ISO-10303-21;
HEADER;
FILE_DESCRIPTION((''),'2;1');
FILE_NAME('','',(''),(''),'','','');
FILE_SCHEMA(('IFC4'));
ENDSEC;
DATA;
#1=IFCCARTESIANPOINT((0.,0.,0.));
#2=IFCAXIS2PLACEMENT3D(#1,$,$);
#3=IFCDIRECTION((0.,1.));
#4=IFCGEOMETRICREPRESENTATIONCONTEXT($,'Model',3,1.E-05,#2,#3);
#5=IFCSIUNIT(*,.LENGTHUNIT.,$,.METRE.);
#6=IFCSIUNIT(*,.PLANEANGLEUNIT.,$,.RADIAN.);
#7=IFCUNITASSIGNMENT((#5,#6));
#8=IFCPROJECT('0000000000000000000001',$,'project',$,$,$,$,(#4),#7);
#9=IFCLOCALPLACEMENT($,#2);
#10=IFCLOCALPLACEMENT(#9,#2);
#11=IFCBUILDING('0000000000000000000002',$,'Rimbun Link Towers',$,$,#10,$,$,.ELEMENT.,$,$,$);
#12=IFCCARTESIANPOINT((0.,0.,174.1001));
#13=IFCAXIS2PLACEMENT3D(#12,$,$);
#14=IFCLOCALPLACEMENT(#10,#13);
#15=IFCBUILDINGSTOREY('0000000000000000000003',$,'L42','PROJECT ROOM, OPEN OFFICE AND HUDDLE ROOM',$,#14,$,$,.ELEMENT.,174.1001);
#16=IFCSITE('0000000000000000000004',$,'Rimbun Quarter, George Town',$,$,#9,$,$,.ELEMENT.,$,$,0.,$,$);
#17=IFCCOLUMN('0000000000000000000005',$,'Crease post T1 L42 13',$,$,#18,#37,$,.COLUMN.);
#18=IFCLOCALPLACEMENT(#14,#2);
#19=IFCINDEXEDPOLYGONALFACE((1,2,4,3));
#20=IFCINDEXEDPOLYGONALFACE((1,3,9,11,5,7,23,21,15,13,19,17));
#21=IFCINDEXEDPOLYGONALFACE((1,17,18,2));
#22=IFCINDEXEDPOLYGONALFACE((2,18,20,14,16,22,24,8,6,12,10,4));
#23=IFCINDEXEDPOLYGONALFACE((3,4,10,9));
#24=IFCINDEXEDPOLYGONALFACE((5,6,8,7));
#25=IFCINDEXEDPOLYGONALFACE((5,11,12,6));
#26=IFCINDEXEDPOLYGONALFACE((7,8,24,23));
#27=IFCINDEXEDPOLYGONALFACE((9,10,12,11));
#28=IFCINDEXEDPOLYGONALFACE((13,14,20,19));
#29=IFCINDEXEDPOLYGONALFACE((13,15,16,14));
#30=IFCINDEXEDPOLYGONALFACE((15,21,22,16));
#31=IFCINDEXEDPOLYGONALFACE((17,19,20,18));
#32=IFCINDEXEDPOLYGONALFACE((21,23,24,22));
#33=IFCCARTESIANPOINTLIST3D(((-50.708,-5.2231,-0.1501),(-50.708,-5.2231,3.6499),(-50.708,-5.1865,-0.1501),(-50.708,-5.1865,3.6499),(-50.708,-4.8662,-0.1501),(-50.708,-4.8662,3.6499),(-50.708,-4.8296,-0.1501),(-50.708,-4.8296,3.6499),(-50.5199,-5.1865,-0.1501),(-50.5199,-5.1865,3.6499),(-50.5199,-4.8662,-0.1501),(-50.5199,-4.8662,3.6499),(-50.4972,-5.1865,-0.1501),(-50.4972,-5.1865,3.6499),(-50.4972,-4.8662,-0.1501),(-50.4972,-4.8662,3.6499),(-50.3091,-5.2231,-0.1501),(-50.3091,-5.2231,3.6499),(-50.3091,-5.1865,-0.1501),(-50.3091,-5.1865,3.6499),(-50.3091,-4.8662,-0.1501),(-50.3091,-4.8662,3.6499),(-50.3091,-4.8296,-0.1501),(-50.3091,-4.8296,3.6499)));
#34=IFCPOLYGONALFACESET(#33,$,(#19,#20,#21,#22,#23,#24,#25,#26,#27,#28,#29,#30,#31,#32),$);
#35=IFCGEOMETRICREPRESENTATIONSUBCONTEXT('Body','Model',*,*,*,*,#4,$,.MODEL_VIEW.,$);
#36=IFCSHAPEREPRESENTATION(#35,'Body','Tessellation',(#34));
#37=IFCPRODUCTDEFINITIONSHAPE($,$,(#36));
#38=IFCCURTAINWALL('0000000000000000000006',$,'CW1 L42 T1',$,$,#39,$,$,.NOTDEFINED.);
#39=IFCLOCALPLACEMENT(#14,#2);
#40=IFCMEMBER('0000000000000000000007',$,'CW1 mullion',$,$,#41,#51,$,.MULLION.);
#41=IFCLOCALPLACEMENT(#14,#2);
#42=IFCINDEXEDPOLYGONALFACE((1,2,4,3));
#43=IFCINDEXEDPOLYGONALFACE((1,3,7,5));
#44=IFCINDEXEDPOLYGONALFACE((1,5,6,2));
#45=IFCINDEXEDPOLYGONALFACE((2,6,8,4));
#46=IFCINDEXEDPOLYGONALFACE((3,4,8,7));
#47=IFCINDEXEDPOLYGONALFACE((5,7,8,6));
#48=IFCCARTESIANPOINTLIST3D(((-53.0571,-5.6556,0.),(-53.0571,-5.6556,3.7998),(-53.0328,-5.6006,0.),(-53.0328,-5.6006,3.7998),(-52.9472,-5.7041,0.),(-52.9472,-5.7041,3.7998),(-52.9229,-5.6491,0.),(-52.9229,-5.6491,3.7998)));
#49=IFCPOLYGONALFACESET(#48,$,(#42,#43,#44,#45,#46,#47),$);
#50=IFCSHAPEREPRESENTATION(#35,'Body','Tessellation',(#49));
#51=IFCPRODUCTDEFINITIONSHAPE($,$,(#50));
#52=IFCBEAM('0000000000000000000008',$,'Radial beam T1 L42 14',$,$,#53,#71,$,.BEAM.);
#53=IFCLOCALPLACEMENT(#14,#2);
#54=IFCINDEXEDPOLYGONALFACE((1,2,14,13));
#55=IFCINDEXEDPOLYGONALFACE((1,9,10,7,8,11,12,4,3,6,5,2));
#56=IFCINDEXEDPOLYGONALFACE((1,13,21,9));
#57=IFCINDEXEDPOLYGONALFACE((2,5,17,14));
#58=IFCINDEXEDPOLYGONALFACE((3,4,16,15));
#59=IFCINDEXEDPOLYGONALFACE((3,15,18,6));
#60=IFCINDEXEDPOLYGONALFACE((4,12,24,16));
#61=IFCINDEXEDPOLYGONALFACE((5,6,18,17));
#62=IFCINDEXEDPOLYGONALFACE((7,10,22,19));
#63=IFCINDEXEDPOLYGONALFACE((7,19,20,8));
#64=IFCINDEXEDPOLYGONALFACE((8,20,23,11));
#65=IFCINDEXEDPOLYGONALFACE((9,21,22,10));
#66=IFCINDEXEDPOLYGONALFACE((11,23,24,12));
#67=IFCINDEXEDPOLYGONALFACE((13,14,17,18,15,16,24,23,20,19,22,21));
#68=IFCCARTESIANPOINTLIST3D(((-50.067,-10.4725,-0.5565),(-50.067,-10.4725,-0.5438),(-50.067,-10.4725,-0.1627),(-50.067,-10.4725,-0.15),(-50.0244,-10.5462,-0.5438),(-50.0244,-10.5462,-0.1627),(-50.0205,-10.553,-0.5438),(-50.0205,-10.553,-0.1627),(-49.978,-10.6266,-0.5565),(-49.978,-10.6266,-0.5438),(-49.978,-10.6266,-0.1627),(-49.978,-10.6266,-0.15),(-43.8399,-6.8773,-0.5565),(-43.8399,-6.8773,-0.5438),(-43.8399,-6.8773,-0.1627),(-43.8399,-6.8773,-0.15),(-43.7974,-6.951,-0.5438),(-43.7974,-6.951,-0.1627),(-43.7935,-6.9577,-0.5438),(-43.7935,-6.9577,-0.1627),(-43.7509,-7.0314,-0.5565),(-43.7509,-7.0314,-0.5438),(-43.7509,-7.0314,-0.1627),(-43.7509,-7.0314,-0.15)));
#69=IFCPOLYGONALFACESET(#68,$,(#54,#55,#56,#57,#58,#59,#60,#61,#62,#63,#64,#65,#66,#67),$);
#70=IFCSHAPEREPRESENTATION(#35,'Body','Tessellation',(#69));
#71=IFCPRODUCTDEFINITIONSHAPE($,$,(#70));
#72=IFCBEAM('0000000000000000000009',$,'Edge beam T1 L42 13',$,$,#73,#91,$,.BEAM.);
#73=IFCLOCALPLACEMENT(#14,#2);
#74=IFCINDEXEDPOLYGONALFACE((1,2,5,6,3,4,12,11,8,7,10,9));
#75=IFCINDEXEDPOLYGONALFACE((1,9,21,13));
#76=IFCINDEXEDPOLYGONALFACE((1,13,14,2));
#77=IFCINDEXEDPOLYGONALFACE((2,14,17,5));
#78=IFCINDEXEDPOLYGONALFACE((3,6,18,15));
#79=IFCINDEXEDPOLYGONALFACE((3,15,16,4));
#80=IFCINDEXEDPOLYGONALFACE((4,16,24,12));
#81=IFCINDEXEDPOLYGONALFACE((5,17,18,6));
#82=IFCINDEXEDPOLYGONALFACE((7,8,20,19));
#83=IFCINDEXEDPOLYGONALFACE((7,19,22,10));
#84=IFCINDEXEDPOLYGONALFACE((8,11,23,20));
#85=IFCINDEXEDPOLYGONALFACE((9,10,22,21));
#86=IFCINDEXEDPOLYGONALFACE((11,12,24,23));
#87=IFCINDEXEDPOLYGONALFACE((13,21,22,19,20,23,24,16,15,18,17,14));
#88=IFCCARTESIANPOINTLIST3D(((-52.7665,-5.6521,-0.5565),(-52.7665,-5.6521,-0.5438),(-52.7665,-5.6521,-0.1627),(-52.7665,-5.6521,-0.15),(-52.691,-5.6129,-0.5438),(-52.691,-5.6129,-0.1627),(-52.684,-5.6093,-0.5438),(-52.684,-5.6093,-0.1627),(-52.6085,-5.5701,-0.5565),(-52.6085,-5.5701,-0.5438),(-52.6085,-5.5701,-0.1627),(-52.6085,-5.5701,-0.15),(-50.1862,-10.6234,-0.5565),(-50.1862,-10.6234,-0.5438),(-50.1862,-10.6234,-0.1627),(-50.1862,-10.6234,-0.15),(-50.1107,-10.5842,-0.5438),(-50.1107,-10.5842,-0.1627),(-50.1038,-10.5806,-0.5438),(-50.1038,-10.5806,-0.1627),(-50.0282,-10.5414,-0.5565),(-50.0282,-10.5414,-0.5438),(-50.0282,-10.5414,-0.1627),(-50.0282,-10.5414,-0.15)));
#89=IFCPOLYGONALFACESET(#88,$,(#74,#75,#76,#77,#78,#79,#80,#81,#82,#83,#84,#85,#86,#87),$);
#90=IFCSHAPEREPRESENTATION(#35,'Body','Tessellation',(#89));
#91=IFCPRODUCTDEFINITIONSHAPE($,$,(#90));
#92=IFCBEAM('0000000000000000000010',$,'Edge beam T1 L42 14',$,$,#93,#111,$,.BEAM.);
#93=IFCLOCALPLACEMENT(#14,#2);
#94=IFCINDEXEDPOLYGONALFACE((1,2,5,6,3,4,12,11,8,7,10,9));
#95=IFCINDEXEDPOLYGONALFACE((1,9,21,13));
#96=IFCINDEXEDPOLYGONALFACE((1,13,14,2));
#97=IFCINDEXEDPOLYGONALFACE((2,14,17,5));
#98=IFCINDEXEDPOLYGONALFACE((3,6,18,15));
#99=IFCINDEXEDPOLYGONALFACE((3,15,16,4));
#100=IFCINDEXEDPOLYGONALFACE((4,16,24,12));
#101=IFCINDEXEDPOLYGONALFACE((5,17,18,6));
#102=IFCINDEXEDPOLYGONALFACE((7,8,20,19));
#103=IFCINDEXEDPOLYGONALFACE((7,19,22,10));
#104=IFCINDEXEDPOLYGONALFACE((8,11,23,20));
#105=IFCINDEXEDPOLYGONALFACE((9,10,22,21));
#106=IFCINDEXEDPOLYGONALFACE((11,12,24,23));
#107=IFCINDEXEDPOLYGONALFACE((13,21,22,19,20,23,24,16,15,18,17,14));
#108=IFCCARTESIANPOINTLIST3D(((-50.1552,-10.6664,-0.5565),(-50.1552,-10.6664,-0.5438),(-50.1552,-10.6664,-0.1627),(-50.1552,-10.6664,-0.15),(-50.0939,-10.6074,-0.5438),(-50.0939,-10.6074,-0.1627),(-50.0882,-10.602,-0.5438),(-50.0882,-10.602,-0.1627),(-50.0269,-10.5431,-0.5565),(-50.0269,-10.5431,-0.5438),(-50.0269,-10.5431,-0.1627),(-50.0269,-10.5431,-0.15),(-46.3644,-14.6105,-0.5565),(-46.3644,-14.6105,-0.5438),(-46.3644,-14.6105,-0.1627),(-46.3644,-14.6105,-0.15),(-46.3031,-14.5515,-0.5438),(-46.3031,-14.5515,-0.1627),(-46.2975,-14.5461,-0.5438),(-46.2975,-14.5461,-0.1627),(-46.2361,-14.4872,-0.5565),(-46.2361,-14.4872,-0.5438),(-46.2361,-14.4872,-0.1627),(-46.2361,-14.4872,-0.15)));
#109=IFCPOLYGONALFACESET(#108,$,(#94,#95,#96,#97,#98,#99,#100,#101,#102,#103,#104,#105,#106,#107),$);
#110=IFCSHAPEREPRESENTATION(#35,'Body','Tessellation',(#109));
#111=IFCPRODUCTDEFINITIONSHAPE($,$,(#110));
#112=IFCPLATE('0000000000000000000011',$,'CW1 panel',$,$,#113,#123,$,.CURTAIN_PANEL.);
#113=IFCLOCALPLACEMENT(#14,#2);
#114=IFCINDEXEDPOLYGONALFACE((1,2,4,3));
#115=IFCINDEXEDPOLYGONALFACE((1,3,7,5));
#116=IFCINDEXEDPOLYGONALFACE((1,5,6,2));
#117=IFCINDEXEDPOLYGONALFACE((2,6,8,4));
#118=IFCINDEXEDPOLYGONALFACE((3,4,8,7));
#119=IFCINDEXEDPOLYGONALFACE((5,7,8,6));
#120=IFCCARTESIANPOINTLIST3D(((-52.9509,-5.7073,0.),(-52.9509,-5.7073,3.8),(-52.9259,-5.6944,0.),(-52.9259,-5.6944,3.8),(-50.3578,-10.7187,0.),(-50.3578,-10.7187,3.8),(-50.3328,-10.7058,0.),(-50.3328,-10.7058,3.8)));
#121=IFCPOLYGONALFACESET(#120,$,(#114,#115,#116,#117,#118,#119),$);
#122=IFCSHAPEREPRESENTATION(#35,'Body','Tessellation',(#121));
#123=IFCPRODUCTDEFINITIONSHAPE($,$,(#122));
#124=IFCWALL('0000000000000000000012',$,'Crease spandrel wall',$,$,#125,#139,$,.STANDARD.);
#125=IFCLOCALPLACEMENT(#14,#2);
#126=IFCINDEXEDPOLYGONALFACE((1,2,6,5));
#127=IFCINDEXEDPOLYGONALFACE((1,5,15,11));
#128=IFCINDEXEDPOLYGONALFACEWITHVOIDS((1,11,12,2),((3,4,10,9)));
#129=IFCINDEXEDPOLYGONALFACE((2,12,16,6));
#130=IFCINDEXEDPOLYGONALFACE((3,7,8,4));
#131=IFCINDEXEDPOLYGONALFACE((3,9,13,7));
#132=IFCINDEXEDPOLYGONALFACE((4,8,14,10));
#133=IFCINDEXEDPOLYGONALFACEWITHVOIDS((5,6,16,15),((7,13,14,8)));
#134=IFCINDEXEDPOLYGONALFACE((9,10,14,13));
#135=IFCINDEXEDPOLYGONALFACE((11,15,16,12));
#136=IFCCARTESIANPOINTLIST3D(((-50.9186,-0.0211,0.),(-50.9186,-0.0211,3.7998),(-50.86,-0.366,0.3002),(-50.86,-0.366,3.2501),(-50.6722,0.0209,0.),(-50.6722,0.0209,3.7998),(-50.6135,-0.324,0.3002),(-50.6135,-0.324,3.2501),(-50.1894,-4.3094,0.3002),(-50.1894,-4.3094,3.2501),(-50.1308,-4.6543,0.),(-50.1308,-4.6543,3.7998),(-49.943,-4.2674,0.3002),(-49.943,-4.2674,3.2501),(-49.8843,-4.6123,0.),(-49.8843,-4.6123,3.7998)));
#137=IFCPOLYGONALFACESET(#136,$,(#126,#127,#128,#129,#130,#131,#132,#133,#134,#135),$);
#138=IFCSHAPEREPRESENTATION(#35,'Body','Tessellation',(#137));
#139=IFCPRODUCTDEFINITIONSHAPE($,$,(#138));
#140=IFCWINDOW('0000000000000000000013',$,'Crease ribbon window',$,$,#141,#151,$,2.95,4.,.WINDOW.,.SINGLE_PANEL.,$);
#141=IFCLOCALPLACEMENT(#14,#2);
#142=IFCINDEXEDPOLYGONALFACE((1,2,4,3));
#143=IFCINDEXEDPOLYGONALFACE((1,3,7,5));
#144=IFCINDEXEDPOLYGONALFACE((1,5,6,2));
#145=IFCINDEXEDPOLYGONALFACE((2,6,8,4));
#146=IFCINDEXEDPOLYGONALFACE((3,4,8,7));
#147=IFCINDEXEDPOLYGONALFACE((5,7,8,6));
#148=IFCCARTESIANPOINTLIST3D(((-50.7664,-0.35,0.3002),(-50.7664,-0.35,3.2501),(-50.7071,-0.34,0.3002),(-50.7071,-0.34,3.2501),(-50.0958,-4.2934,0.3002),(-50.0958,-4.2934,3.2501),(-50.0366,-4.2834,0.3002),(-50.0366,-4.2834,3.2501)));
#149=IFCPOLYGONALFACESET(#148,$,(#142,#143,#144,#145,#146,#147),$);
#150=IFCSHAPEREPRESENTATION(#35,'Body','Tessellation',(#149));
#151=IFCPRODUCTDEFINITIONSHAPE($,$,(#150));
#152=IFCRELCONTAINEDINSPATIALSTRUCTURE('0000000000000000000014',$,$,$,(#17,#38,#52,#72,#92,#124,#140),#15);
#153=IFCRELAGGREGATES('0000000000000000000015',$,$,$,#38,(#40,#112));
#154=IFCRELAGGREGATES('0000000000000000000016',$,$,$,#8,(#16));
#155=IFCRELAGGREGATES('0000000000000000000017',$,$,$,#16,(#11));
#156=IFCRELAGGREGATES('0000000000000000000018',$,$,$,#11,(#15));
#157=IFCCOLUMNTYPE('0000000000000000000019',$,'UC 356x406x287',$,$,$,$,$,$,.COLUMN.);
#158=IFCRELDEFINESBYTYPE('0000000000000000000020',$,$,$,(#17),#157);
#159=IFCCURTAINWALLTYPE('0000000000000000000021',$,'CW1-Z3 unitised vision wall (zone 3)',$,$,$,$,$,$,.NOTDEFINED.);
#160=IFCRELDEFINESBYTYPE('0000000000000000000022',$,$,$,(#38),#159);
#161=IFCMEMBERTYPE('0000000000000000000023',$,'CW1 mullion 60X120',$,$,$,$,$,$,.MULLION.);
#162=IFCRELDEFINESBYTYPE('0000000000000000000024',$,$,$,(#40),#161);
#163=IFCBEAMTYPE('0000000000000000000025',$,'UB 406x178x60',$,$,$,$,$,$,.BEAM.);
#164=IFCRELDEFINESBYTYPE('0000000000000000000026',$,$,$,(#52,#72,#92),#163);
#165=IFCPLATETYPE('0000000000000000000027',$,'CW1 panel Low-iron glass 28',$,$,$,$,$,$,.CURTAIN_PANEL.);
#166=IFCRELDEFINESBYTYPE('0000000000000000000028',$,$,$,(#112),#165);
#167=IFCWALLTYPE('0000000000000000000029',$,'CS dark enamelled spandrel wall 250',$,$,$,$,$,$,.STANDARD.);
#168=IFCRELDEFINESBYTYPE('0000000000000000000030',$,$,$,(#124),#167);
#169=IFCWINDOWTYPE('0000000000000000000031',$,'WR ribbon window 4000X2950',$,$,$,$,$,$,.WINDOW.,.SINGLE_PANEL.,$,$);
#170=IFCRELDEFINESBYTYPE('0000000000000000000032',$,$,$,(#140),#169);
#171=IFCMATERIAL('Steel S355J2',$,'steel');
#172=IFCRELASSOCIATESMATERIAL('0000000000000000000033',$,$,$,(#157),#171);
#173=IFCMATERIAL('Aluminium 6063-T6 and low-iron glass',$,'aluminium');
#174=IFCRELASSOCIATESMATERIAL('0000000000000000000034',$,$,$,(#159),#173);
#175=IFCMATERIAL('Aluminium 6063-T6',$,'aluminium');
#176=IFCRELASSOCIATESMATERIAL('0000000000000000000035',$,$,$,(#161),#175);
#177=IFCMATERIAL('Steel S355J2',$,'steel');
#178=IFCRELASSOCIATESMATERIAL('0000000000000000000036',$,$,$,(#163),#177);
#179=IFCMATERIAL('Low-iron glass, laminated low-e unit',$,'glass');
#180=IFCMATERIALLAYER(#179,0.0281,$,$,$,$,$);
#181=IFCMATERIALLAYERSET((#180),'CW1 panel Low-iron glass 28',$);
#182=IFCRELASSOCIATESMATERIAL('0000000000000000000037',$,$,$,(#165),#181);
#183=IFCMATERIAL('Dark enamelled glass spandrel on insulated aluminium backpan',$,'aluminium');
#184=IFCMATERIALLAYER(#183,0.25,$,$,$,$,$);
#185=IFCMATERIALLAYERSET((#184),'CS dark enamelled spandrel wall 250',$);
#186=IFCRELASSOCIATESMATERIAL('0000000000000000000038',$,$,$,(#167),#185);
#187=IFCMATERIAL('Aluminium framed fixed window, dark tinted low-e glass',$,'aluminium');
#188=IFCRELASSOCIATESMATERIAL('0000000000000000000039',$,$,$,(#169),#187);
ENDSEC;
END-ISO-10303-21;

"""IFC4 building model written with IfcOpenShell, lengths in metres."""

from ifc_helpers import new_model, si_unit, direction, frame, frame_2d, origin, origin_2d, place, context, subcontext, project, spatial, rectangle, i_section, extrude, material, layer, layer_set, material_profile, profile_set, type_object, element, fill, aggregate, save


model = new_model("IFC4")

# Units and contexts
model_context = context("Model", 3, precision=1e-05, world=origin(), true_north=direction((0.0, 1.0)))
body_context = subcontext(model_context, "Body", "Model", "MODEL_VIEW")
ifc_project = project(units=[si_unit("LENGTHUNIT", "METRE"), si_unit("PLANEANGLEUNIT", "RADIAN")], contexts=[model_context])

# Site, building, storey
site_placement = place(None, origin())
site = spatial("IfcSite", under=ifc_project, at=site_placement, Name="Rimbun Quarter, George Town", CompositionType="ELEMENT", RefElevation=0.0)
building_placement = place(site_placement, origin())
building = spatial("IfcBuilding", under=site, at=building_placement, Name="Rimbun Link Towers", CompositionType="ELEMENT")
storey_placement = place(building_placement, frame((0.0, 0.0, 174.1001)))
storey = spatial("IfcBuildingStorey", under=building, at=storey_placement, Name="L42", Description="PROJECT ROOM, OPEN OFFICE AND HUDDLE ROOM", CompositionType="ELEMENT", Elevation=174.1001)

# Column
ifc_material_1 = material(Name="Steel S355J2", Category="steel")
ifc_material_profile_1 = material_profile(ifc_material_1, i_section(OverallWidth=0.3989, OverallDepth=0.3936, WebThickness=0.0227, FlangeThickness=0.0366, at=origin_2d()), Name="UC 356x406x287")
ifc_profile_set_1 = profile_set([ifc_material_profile_1], Name="Steel S355J2")
column_type = type_object("IfcColumnType", Name="UC 356x406x287", PredefinedType="COLUMN", material=ifc_profile_set_1)
column_placement = place(storey_placement, frame((-50.5085, -5.0264, -0.1501), z_axis=(0.0, 0.0, 1.0), x_axis=(1.0, 0.0, 0.0)))
element("IfcColumn", 1, at=column_placement, inside=storey, type_object=column_type, Name="Crease post T1 L42 13", PredefinedType="COLUMN", context=body_context, shape_type="SweptSolid", body=[
    extrude(i_section(OverallWidth=0.3989, OverallDepth=0.3936, WebThickness=0.0227, FlangeThickness=0.0366, at=origin_2d()), origin(), (0.0, 0.0, 1.0), 3.8),
])

# Curtain wall, member
ifc_material_2 = material(Name="Aluminium 6063-T6 and low-iron glass", Category="aluminium")
curtain_wall_type = type_object("IfcCurtainWallType", Name="CW1-Z3 unitised vision wall (zone 3)", PredefinedType="NOTDEFINED", material=ifc_material_2)
curtain_wall_placement = place(storey_placement, origin())
curtain_wall = element("IfcCurtainWall", 2, at=curtain_wall_placement, inside=storey, type_object=curtain_wall_type, Name="CW1 L42 T1", PredefinedType="NOTDEFINED")
ifc_material_3 = material(Name="Aluminium 6063-T6", Category="aluminium")
ifc_material_profile_2 = material_profile(ifc_material_3, rectangle(XDim=0.1201, YDim=0.0601, at=origin_2d()), Name="MULLION 60X120")
ifc_profile_set_2 = profile_set([ifc_material_profile_2], Name="Aluminium 6063-T6")
member_type = type_object("IfcMemberType", Name="CW1 mullion 60X120", PredefinedType="MULLION", material=ifc_profile_set_2)
member_placement = place(storey_placement, frame((-52.99, -5.6523, 0.0), z_axis=(0.0, 0.0, 1.0), x_axis=(-0.914812, 0.403879, 0.0)))
member = element("IfcMember", 3, at=member_placement, type_object=member_type, Name="CW1 mullion", PredefinedType="MULLION", context=body_context, shape_type="SweptSolid", body=[
    extrude(rectangle(XDim=0.1201, YDim=0.0601, at=origin_2d()), origin(), (0.0, 0.0, 1.0), 3.7998),
])

# Beams
ifc_material_4 = material(Name="Steel S355J2", Category="steel")
ifc_material_profile_3 = material_profile(ifc_material_4, i_section(OverallWidth=0.178, OverallDepth=0.4065, WebThickness=0.0078, FlangeThickness=0.0127, at=origin_2d()), Name="UB 406x178x60")
ifc_profile_set_3 = profile_set([ifc_material_profile_3], Name="Steel S355J2")
beam_type = type_object("IfcBeamType", Name="UB 406x178x60", PredefinedType="BEAM", material=ifc_profile_set_3)
beam_1_placement = place(storey_placement, frame((-43.7954, -6.9543, -0.3533), z_axis=(-0.866024, -0.500003, 0.0), x_axis=(0.500003, -0.866024, 0.0)))
element("IfcBeam", 4, at=beam_1_placement, inside=storey, type_object=beam_type, Name="Radial beam T1 L42 14", PredefinedType="BEAM", context=body_context, shape_type="SweptSolid", body=[
    extrude(i_section(OverallWidth=0.178, OverallDepth=0.4065, WebThickness=0.0078, FlangeThickness=0.0127, at=origin_2d()), origin(), (0.0, 0.0, 1.0), 7.1904),
])
beam_2_placement = place(storey_placement, frame((-52.6875, -5.6111, -0.3533), z_axis=(0.460675, -0.887569, 0.0), x_axis=(0.887569, 0.460675, 0.0)))
element("IfcBeam", 5, at=beam_2_placement, inside=storey, type_object=beam_type, Name="Edge beam T1 L42 13", PredefinedType="BEAM", context=body_context, shape_type="SweptSolid", body=[
    extrude(i_section(OverallWidth=0.178, OverallDepth=0.4065, WebThickness=0.0078, FlangeThickness=0.0127, at=origin_2d()), origin(), (0.0, 0.0, 1.0), 5.6011),
])
beam_3_placement = place(storey_placement, frame((-50.0911, -10.6047, -0.3533), z_axis=(0.692954, -0.720981, 0.0), x_axis=(0.720981, 0.692954, 0.0)))
element("IfcBeam", 6, at=beam_3_placement, inside=storey, type_object=beam_type, Name="Edge beam T1 L42 14", PredefinedType="BEAM", context=body_context, shape_type="SweptSolid", body=[
    extrude(i_section(OverallWidth=0.178, OverallDepth=0.4065, WebThickness=0.0078, FlangeThickness=0.0127, at=origin_2d()), origin(), (0.0, 0.0, 1.0), 5.4705),
])

# Plate
ifc_material_5 = material(Name="Low-iron glass, laminated low-e unit", Category="glass")
ifc_layer_1 = layer(ifc_material_5, 0.0281)
ifc_layer_set_1 = layer_set([ifc_layer_1], Name="CW1 panel Low-iron glass 28")
plate_type = type_object("IfcPlateType", Name="CW1 panel Low-iron glass 28", PredefinedType="CURTAIN_PANEL", material=ifc_layer_set_1)
plate_placement = place(storey_placement, frame((-51.6418, -8.2065, 0.0), z_axis=(0.0, 0.0, 1.0), x_axis=(-0.459559, 0.888147, 0.0)))
plate = element("IfcPlate", 7, at=plate_placement, type_object=plate_type, Name="CW1 panel", PredefinedType="CURTAIN_PANEL", context=body_context, shape_type="SweptSolid", body=[
    extrude(rectangle(XDim=5.6426, YDim=0.0281, at=origin_2d()), origin(), (0.0, 0.0, 1.0), 3.8),
])
aggregate(curtain_wall, [member, plate])

# Wall, opening, window
ifc_material_6 = material(Name="Dark enamelled glass spandrel on insulated aluminium backpan", Category="aluminium")
ifc_layer_2 = layer(ifc_material_6, 0.25)
ifc_layer_set_2 = layer_set([ifc_layer_2], Name="CS dark enamelled spandrel wall 250")
wall_type_1 = type_object("IfcWallType", Name="CS dark enamelled spandrel wall 250", PredefinedType="STANDARD", material=ifc_layer_set_2)
wall_1_placement = place(storey_placement, frame((-50.0076, -4.6333, 0.0), z_axis=(0.0, 0.0, 1.0), x_axis=(-0.167633, 0.985849, 0.0)))
wall_1 = element("IfcWall", 8, at=wall_1_placement, inside=storey, type_object=wall_type_1, Name="Crease spandrel wall", PredefinedType="STANDARD", context=body_context, shape_type="SweptSolid", body=[
    extrude(rectangle(XDim=4.6997, YDim=0.25, at=frame_2d((2.3499, 0.0))), origin(), (0.0, 0.0, 1.0), 3.7998),
])
opening_1_placement = place(wall_1_placement, frame((0.3499, 0.0, 0.3)))
opening_1 = element("IfcOpeningElement", 9, at=opening_1_placement, cuts=wall_1, PredefinedType="OPENING", context=body_context, shape_type="SweptSolid", body=[
    extrude(rectangle(XDim=4.0, YDim=2.95, at=frame_2d((2.0, 1.4751))), frame((0.0, 0.135, 0.0), z_axis=(0.0, -1.0, 0.0), x_axis=(1.0, 0.0, 0.0)), (0.0, 0.0, 1.0), 0.27),
])
ifc_material_7 = material(Name="Aluminium framed fixed window, dark tinted low-e glass", Category="aluminium")
window_type_1 = type_object("IfcWindowType", Name="WR ribbon window 4000X2950", PartitioningType="SINGLE_PANEL", PredefinedType="WINDOW", material=ifc_material_7)
window_1_placement = place(opening_1_placement, origin())
window_1 = element("IfcWindow", 10, at=window_1_placement, inside=storey, type_object=window_type_1, Name="Crease ribbon window", OverallHeight=2.95, OverallWidth=4.0, PartitioningType="SINGLE_PANEL", PredefinedType="WINDOW", context=body_context, shape_type="SweptSolid", body=[
    extrude(rectangle(XDim=4.0, YDim=2.95, at=frame_2d((2.0, 1.4751))), frame((0.0, 0.03, 0.0), z_axis=(0.0, -1.0, 0.0), x_axis=(1.0, 0.0, 0.0)), (0.0, 0.0, 1.0), 0.0601),
])
fill(opening_1, window_1)

save(model, "model.ifc")
